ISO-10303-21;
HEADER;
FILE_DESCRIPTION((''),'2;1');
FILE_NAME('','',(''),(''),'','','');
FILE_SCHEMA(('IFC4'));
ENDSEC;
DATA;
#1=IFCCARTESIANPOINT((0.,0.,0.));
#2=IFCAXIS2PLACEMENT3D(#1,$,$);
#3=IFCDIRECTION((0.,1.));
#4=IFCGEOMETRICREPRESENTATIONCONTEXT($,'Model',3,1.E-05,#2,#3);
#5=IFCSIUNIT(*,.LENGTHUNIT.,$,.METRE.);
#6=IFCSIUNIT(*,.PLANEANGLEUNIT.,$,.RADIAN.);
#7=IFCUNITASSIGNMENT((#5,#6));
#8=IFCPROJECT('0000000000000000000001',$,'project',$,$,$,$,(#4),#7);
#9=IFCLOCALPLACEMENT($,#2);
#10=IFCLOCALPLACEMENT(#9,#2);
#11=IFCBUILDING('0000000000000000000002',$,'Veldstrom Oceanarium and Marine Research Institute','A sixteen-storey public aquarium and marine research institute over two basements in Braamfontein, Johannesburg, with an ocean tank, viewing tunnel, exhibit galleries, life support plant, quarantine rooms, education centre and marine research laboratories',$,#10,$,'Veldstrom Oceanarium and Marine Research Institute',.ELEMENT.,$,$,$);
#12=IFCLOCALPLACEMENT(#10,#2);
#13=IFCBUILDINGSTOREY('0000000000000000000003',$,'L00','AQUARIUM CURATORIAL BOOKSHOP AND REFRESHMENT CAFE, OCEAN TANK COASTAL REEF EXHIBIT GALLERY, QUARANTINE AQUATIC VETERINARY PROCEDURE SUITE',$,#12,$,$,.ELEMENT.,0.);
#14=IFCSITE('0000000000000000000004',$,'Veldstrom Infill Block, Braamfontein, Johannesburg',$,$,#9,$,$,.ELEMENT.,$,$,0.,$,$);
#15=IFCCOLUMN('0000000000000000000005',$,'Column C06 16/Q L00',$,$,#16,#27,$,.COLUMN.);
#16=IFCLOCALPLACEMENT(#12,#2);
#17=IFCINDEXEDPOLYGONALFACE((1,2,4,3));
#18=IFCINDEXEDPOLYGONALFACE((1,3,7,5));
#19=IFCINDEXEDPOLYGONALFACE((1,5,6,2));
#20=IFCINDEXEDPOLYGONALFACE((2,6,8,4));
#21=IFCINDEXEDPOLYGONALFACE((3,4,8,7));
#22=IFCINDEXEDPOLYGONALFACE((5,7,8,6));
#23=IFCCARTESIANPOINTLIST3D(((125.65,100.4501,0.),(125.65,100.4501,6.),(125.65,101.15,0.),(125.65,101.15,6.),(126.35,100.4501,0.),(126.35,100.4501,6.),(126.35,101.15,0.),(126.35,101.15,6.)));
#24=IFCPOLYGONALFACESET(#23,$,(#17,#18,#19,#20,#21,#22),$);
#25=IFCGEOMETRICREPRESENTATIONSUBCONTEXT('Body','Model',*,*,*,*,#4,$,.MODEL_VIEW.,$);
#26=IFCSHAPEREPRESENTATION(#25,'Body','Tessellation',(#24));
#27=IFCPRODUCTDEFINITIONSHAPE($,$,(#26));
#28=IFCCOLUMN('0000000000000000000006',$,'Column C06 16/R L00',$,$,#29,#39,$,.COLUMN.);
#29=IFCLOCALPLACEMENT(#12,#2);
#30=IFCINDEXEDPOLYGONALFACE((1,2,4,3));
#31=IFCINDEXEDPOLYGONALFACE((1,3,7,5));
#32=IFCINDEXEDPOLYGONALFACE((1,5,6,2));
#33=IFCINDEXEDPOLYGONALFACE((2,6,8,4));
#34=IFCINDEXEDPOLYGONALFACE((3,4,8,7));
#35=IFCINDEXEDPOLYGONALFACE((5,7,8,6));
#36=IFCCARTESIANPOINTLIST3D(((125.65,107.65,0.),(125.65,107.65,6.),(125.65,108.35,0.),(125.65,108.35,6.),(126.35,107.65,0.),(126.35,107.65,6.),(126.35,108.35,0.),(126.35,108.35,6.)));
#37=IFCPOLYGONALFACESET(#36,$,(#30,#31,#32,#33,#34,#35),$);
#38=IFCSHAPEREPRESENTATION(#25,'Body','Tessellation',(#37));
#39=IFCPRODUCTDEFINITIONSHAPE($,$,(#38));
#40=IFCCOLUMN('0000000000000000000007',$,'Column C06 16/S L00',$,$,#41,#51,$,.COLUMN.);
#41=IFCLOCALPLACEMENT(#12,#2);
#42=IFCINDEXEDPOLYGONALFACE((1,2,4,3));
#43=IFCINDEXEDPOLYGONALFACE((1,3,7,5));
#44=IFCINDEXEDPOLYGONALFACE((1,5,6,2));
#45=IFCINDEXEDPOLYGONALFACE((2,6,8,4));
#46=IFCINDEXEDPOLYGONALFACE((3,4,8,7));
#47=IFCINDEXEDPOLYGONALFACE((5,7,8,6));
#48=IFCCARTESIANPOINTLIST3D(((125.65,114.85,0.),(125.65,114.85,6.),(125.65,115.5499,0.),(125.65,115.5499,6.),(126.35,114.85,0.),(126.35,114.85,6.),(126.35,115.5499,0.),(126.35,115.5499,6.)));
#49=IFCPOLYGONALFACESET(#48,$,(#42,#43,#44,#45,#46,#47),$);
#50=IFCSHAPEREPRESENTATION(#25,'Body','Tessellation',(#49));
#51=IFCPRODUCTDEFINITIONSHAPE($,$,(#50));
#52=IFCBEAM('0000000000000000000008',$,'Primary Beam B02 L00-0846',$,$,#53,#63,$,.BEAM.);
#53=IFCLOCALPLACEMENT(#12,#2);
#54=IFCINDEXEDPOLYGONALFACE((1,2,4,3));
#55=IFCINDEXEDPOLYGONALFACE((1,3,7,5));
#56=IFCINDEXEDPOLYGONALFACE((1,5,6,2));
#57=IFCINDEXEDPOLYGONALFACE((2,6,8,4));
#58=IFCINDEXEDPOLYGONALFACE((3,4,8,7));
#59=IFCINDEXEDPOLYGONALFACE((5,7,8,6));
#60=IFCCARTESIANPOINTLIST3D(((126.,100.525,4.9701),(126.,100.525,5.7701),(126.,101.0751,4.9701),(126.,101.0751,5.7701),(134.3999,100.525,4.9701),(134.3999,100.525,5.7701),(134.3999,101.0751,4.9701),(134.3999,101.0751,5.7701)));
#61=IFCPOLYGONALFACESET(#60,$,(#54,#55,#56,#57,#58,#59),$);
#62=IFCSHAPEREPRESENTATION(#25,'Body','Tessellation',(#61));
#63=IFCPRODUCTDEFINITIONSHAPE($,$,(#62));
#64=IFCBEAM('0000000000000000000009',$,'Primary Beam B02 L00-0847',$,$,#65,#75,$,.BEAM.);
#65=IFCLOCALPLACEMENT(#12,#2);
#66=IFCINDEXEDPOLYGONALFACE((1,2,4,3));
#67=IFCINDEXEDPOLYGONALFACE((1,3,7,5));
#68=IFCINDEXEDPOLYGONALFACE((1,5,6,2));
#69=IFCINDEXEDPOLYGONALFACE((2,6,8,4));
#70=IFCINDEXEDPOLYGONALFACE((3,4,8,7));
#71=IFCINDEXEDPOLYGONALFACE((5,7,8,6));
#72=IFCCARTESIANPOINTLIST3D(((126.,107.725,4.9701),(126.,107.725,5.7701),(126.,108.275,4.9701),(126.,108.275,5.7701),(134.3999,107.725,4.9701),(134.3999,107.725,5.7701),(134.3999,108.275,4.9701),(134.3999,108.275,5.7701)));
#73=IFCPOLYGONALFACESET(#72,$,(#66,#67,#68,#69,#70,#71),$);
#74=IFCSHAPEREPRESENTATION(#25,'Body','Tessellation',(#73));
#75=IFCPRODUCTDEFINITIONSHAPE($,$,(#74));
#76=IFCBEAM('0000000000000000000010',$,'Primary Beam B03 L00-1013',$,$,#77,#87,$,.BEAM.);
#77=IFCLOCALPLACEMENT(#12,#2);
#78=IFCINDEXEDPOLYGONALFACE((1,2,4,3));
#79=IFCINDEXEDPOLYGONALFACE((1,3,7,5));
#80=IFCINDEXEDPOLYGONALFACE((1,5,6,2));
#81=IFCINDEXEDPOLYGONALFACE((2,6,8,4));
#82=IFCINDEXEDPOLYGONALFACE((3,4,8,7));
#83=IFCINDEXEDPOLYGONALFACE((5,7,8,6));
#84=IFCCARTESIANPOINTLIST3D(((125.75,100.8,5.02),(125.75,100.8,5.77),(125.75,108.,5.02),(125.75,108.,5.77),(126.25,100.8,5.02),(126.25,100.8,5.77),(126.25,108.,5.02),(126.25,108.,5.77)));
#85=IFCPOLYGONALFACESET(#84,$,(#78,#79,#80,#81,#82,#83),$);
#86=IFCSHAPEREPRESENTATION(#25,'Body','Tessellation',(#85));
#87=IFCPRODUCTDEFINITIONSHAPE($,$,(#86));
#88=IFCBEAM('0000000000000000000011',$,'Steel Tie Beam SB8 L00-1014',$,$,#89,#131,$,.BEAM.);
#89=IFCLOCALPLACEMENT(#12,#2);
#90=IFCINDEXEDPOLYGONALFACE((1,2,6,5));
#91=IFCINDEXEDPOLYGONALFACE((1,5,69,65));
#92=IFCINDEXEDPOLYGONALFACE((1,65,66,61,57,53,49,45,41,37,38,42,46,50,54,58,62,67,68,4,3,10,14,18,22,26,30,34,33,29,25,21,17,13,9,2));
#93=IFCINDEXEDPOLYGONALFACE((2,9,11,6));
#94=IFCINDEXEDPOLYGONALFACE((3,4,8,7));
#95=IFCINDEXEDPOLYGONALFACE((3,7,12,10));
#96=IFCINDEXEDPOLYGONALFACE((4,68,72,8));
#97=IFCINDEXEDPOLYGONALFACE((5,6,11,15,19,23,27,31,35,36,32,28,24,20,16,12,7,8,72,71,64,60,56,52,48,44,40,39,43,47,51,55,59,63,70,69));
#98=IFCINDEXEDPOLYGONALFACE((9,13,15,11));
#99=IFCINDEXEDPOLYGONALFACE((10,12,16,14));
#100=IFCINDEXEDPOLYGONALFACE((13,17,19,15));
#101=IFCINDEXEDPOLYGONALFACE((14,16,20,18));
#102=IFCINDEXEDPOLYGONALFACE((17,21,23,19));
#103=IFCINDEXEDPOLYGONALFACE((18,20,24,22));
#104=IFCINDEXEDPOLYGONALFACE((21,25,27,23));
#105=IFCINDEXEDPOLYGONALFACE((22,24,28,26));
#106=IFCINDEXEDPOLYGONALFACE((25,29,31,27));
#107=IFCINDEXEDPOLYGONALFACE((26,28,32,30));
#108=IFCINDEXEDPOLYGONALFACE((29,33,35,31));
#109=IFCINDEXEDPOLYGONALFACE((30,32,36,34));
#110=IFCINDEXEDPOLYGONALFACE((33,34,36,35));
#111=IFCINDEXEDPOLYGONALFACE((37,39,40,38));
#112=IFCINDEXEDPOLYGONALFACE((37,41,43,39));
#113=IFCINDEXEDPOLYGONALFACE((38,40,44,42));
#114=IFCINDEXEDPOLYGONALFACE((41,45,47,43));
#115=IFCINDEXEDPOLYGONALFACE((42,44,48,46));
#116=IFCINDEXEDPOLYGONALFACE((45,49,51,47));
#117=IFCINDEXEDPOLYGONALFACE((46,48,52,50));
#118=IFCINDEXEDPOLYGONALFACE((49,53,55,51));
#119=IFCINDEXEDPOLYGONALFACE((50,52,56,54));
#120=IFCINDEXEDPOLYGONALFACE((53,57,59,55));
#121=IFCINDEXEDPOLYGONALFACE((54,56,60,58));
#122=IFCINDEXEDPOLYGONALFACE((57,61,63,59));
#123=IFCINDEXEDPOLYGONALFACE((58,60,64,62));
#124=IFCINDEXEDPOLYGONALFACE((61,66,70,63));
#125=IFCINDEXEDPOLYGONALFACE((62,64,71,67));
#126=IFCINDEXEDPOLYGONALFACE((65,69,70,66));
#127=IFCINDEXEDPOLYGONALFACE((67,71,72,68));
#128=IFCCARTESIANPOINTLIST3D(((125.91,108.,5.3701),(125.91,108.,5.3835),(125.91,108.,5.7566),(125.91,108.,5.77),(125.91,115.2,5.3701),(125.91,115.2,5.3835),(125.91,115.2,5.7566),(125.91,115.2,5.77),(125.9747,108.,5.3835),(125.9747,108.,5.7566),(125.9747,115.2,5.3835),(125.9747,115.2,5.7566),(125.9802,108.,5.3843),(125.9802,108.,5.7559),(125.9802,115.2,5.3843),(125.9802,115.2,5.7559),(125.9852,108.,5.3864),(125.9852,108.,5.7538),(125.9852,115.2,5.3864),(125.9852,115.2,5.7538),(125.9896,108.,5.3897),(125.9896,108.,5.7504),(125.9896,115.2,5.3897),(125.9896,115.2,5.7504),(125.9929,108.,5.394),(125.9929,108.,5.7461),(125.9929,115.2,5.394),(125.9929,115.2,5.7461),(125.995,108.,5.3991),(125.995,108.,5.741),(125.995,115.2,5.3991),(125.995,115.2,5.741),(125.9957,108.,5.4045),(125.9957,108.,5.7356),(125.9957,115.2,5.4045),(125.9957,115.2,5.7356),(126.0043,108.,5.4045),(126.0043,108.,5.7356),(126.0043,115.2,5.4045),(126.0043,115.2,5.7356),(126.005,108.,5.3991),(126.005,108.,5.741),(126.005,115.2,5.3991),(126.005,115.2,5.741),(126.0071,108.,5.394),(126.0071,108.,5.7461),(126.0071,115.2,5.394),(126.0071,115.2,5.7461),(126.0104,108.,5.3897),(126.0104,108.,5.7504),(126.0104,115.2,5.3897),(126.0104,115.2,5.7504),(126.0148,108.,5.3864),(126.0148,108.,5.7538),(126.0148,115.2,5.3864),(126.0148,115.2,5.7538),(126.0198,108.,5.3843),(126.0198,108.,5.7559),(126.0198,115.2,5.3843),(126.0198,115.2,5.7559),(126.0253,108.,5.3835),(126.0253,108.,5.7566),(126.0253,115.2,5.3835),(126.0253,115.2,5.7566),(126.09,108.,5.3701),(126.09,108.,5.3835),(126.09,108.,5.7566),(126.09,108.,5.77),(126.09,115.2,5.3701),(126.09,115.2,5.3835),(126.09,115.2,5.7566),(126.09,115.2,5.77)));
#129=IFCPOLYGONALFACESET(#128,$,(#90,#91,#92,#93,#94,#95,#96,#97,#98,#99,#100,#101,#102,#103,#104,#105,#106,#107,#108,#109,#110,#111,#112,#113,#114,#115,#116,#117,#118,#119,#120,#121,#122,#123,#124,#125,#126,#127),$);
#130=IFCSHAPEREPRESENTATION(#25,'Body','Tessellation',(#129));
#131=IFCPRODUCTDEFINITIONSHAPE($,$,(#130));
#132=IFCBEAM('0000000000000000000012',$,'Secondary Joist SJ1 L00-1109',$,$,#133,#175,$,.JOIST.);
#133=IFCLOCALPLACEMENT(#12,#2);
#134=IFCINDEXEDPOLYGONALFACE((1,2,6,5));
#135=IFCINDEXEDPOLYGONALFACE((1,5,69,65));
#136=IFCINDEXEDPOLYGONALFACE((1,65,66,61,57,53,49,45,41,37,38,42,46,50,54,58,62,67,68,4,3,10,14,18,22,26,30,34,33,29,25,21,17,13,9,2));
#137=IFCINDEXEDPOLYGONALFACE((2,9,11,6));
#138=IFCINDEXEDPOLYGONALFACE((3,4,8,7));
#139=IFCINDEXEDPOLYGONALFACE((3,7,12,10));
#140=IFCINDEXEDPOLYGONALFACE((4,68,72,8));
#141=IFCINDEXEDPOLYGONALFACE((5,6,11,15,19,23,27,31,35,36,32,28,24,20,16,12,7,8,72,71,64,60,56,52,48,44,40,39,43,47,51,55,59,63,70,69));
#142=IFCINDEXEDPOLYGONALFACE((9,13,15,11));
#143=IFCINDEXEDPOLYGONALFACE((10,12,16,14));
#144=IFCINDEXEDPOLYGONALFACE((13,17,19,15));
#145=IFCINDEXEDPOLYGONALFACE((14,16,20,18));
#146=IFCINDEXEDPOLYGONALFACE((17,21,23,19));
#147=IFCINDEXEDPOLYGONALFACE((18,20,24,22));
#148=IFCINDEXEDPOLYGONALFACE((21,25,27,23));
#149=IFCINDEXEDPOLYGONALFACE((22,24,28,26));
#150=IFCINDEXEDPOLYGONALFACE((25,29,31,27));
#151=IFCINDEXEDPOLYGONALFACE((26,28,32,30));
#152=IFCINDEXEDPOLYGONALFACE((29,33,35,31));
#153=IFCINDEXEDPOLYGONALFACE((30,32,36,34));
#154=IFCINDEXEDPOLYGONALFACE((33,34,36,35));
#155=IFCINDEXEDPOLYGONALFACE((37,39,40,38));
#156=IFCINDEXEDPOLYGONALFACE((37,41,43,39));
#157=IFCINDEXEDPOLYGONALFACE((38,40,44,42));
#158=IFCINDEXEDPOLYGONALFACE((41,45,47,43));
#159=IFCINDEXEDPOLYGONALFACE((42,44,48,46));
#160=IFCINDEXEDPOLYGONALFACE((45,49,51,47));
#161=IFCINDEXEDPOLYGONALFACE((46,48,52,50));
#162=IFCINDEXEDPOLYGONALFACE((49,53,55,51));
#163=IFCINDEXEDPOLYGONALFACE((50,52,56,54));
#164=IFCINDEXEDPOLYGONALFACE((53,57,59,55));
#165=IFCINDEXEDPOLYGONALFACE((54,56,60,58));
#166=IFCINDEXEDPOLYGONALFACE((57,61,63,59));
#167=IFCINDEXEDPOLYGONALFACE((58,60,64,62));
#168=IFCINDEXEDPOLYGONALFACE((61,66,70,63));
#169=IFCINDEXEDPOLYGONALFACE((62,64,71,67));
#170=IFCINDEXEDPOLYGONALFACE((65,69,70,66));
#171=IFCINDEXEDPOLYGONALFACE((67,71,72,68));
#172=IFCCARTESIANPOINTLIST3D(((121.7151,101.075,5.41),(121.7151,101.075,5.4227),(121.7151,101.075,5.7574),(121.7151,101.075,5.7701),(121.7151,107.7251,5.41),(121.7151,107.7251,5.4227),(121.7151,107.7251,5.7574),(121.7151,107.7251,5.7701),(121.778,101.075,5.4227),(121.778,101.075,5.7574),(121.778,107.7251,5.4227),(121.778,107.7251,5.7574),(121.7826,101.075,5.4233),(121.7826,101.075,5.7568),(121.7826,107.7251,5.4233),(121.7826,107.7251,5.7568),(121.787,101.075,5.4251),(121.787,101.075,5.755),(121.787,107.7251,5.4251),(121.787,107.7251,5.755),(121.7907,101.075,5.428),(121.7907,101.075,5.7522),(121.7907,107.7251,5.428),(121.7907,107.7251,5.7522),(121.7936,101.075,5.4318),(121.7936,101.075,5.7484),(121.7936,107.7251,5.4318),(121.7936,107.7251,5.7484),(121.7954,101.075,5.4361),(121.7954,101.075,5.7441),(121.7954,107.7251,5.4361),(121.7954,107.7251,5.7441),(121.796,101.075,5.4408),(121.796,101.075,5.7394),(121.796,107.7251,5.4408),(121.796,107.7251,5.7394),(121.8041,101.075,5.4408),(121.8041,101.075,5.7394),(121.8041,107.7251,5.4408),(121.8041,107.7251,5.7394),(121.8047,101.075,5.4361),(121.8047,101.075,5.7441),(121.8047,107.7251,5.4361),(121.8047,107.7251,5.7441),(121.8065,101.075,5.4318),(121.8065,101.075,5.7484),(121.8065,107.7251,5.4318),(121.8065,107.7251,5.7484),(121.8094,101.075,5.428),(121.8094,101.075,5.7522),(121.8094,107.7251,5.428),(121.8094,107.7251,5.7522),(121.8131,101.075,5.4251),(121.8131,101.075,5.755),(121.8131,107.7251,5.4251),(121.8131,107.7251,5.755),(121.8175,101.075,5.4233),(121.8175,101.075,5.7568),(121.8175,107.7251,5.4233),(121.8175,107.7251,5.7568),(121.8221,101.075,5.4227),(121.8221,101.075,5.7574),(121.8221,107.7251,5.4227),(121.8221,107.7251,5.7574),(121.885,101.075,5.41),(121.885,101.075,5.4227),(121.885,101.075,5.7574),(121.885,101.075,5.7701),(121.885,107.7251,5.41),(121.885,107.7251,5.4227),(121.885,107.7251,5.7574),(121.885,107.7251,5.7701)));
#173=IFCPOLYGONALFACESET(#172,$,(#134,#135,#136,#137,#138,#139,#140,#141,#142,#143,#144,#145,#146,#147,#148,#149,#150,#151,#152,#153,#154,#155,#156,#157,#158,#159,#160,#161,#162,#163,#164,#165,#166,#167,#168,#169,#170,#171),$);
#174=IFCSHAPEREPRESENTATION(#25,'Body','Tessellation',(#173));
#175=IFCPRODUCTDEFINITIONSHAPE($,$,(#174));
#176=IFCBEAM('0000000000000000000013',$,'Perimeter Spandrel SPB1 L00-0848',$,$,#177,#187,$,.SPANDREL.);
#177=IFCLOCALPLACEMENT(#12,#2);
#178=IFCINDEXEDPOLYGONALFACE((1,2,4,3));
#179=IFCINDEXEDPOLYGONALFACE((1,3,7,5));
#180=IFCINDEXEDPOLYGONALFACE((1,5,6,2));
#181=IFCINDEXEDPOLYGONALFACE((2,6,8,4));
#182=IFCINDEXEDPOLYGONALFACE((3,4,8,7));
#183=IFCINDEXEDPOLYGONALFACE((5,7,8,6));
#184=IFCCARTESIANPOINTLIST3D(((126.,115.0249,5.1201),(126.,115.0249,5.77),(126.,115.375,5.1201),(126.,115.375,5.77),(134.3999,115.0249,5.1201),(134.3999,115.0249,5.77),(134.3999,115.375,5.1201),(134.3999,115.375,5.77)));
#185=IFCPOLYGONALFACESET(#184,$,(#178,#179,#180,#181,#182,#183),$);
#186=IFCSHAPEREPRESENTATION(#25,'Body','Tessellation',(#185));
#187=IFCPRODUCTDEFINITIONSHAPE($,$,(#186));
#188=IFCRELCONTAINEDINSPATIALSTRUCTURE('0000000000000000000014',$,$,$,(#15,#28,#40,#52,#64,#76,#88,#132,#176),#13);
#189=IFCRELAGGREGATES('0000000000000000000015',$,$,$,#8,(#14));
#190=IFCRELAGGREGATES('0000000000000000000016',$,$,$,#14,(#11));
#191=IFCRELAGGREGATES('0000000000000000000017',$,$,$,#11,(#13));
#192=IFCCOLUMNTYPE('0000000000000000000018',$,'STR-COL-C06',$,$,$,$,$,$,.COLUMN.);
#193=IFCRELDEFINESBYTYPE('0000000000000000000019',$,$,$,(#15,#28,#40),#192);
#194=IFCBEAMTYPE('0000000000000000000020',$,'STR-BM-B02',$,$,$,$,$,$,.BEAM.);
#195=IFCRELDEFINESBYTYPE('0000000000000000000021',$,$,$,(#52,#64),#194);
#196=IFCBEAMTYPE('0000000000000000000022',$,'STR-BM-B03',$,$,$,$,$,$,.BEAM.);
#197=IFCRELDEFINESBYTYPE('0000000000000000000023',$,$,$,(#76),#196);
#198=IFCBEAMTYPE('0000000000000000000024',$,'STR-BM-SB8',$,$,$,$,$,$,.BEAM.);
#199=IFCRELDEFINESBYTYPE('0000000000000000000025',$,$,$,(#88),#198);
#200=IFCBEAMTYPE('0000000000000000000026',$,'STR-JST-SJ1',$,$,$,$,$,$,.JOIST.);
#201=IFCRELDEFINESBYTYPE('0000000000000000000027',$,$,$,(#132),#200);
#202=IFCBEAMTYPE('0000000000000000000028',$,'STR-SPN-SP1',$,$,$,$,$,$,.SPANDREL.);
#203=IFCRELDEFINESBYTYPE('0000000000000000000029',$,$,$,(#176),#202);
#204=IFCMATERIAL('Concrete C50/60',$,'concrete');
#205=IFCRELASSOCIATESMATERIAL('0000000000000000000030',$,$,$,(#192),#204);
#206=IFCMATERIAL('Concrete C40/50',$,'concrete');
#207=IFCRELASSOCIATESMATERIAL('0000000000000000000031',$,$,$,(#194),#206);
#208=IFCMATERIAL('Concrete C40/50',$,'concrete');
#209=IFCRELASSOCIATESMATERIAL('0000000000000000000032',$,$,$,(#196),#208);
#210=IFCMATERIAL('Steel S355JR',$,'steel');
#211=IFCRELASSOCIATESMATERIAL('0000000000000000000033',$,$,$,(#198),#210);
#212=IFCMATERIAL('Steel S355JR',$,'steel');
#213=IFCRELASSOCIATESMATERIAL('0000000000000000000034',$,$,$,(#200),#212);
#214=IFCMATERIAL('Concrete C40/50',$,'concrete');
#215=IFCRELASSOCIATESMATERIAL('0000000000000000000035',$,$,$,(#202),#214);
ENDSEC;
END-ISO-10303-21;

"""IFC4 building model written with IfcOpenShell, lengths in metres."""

from ifc_helpers import new_model, si_unit, direction, frame, origin, origin_2d, place, context, subcontext, project, spatial, rectangle, i_section, extrude, material, material_profile, profile_set, type_object, element, save


model = new_model("IFC4")

# Units and contexts
model_context = context("Model", 3, precision=1e-05, world=origin(), true_north=direction((0.0, 1.0)))
body_context = subcontext(model_context, "Body", "Model", "MODEL_VIEW")
ifc_project = project(units=[si_unit("LENGTHUNIT", "METRE"), si_unit("PLANEANGLEUNIT", "RADIAN")], contexts=[model_context])

# Site, building, storey
site_placement = place(None, origin())
site = spatial("IfcSite", under=ifc_project, at=site_placement, Name="Veldstrom Infill Block, Braamfontein, Johannesburg", CompositionType="ELEMENT", RefElevation=0.0)
building_placement = place(site_placement, origin())
building = spatial("IfcBuilding", under=site, at=building_placement, Name="Veldstrom Oceanarium and Marine Research Institute", Description="A sixteen-storey public aquarium and marine research institute over two basements in Braamfontein, Johannesburg, with an ocean tank, viewing tunnel, exhibit galleries, life support plant, quarantine rooms, education centre and marine research laboratories", LongName="Veldstrom Oceanarium and Marine Research Institute", CompositionType="ELEMENT")
storey_placement = place(building_placement, origin())
storey = spatial("IfcBuildingStorey", under=building, at=storey_placement, Name="L00", Description="AQUARIUM CURATORIAL BOOKSHOP AND REFRESHMENT CAFE, OCEAN TANK COASTAL REEF EXHIBIT GALLERY, QUARANTINE AQUATIC VETERINARY PROCEDURE SUITE", CompositionType="ELEMENT", Elevation=0.0)

# Columns
ifc_material_1 = material(Name="Concrete C50/60", Category="concrete")
ifc_material_profile_1 = material_profile(ifc_material_1, rectangle(XDim=0.7, YDim=0.7, at=origin_2d()), Name="RC-COL-700x700")
ifc_profile_set_1 = profile_set([ifc_material_profile_1], Name="Concrete C50/60")
column_type = type_object("IfcColumnType", Name="STR-COL-C06", PredefinedType="COLUMN", material=ifc_profile_set_1)
for number, where, z_axis, x_axis, name in (
    (1, (126.0, 100.8, 0.0), (0.0, 0.0, 1.0), (1.0, 0.0, 0.0), "Column C06 16/Q L00"),
    (2, (126.0, 108.0, 0.0), (0.0, 0.0, 1.0), (1.0, 0.0, 0.0), "Column C06 16/R L00"),
    (3, (126.0, 115.2, 0.0), (0.0, 0.0, 1.0), (1.0, 0.0, 0.0), "Column C06 16/S L00"),
):
    element("IfcColumn", number, at=place(storey_placement, frame(where, z_axis=z_axis, x_axis=x_axis)), inside=storey, type_object=column_type, Name=name, PredefinedType="COLUMN", context=body_context, shape_type="SweptSolid", body=[
        extrude(rectangle(XDim=0.7, YDim=0.7, at=origin_2d()), origin(), (0.0, 0.0, 1.0), 6.0),
    ])

# Beams
ifc_material_2 = material(Name="Concrete C40/50", Category="concrete")
ifc_material_profile_2 = material_profile(ifc_material_2, rectangle(XDim=0.55, YDim=0.8, at=origin_2d()), Name="RC-BM-550x800")
ifc_profile_set_2 = profile_set([ifc_material_profile_2], Name="Concrete C40/50")
beam_type_1 = type_object("IfcBeamType", Name="STR-BM-B02", PredefinedType="BEAM", material=ifc_profile_set_2)
for number, where, z_axis, x_axis, name in (
    (4, (126.0, 100.8, 5.3701), (1.0, 0.0, 0.0), (0.0, 1.0, 0.0), "Primary Beam B02 L00-0846"),
    (5, (126.0, 108.0, 5.3701), (1.0, 0.0, 0.0), (0.0, 1.0, 0.0), "Primary Beam B02 L00-0847"),
):
    element("IfcBeam", number, at=place(storey_placement, frame(where, z_axis=z_axis, x_axis=x_axis)), inside=storey, type_object=beam_type_1, Name=name, PredefinedType="BEAM", context=body_context, shape_type="SweptSolid", body=[
        extrude(rectangle(XDim=0.55, YDim=0.8, at=origin_2d()), origin(), (0.0, 0.0, 1.0), 8.3999),
    ])
ifc_material_3 = material(Name="Concrete C40/50", Category="concrete")
ifc_material_profile_3 = material_profile(ifc_material_3, rectangle(XDim=0.5, YDim=0.75, at=origin_2d()), Name="RC-BM-500x750")
ifc_profile_set_3 = profile_set([ifc_material_profile_3], Name="Concrete C40/50")
beam_type_2 = type_object("IfcBeamType", Name="STR-BM-B03", PredefinedType="BEAM", material=ifc_profile_set_3)
beam_1_placement = place(storey_placement, frame((126.0, 100.8, 5.395), z_axis=(0.0, 1.0, 0.0), x_axis=(-1.0, 0.0, 0.0)))
element("IfcBeam", 6, at=beam_1_placement, inside=storey, type_object=beam_type_2, Name="Primary Beam B03 L00-1013", PredefinedType="BEAM", context=body_context, shape_type="SweptSolid", body=[
    extrude(rectangle(XDim=0.5, YDim=0.75, at=origin_2d()), origin(), (0.0, 0.0, 1.0), 7.2),
])
ifc_material_4 = material(Name="Steel S355JR", Category="steel")
ifc_material_profile_4 = material_profile(ifc_material_4, i_section(OverallWidth=0.1799, OverallDepth=0.3999, WebThickness=0.0085, FlangeThickness=0.0134, FilletRadius=0.021, at=origin_2d()), Name="IPE 400")
ifc_profile_set_4 = profile_set([ifc_material_profile_4], Name="Steel S355JR")
beam_type_3 = type_object("IfcBeamType", Name="STR-BM-SB8", PredefinedType="BEAM", material=ifc_profile_set_4)
beam_2_placement = place(storey_placement, frame((126.0, 108.0, 5.5701), z_axis=(0.0, 1.0, 0.0), x_axis=(-1.0, 0.0, 0.0)))
element("IfcBeam", 7, at=beam_2_placement, inside=storey, type_object=beam_type_3, Name="Steel Tie Beam SB8 L00-1014", PredefinedType="BEAM", context=body_context, shape_type="SweptSolid", body=[
    extrude(i_section(OverallWidth=0.1799, OverallDepth=0.3999, WebThickness=0.0085, FlangeThickness=0.0134, FilletRadius=0.021, at=origin_2d()), origin(), (0.0, 0.0, 1.0), 7.2),
])
ifc_material_5 = material(Name="Steel S355JR", Category="steel")
ifc_material_profile_5 = material_profile(ifc_material_5, i_section(OverallWidth=0.1699, OverallDepth=0.3601, WebThickness=0.0081, FlangeThickness=0.0127, FilletRadius=0.0181, at=origin_2d()), Name="IPE 360")
ifc_profile_set_5 = profile_set([ifc_material_profile_5], Name="Steel S355JR")
beam_type_4 = type_object("IfcBeamType", Name="STR-JST-SJ1", PredefinedType="JOIST", material=ifc_profile_set_5)
beam_3_placement = place(storey_placement, frame((121.8, 101.075, 5.5901), z_axis=(0.0, 1.0, 0.0), x_axis=(-1.0, 0.0, 0.0)))
element("IfcBeam", 8, at=beam_3_placement, inside=storey, type_object=beam_type_4, Name="Secondary Joist SJ1 L00-1109", PredefinedType="JOIST", context=body_context, shape_type="SweptSolid", body=[
    extrude(i_section(OverallWidth=0.1699, OverallDepth=0.3601, WebThickness=0.0081, FlangeThickness=0.0127, FilletRadius=0.0181, at=origin_2d()), origin(), (0.0, 0.0, 1.0), 6.6501),
])
ifc_material_6 = material(Name="Concrete C40/50", Category="concrete")
ifc_material_profile_6 = material_profile(ifc_material_6, rectangle(XDim=0.3501, YDim=0.6499, at=origin_2d()), Name="RC-SPN-350x650")
ifc_profile_set_6 = profile_set([ifc_material_profile_6], Name="Concrete C40/50")
beam_type_5 = type_object("IfcBeamType", Name="STR-SPN-SP1", PredefinedType="SPANDREL", material=ifc_profile_set_6)
beam_4_placement = place(storey_placement, frame((126.0, 115.2, 5.4451), z_axis=(1.0, 0.0, 0.0), x_axis=(0.0, 1.0, 0.0)))
element("IfcBeam", 9, at=beam_4_placement, inside=storey, type_object=beam_type_5, Name="Perimeter Spandrel SPB1 L00-0848", PredefinedType="SPANDREL", context=body_context, shape_type="SweptSolid", body=[
    extrude(rectangle(XDim=0.3501, YDim=0.6499, at=origin_2d()), origin(), (0.0, 0.0, 1.0), 8.3999),
])

save(model, "model.ifc")
